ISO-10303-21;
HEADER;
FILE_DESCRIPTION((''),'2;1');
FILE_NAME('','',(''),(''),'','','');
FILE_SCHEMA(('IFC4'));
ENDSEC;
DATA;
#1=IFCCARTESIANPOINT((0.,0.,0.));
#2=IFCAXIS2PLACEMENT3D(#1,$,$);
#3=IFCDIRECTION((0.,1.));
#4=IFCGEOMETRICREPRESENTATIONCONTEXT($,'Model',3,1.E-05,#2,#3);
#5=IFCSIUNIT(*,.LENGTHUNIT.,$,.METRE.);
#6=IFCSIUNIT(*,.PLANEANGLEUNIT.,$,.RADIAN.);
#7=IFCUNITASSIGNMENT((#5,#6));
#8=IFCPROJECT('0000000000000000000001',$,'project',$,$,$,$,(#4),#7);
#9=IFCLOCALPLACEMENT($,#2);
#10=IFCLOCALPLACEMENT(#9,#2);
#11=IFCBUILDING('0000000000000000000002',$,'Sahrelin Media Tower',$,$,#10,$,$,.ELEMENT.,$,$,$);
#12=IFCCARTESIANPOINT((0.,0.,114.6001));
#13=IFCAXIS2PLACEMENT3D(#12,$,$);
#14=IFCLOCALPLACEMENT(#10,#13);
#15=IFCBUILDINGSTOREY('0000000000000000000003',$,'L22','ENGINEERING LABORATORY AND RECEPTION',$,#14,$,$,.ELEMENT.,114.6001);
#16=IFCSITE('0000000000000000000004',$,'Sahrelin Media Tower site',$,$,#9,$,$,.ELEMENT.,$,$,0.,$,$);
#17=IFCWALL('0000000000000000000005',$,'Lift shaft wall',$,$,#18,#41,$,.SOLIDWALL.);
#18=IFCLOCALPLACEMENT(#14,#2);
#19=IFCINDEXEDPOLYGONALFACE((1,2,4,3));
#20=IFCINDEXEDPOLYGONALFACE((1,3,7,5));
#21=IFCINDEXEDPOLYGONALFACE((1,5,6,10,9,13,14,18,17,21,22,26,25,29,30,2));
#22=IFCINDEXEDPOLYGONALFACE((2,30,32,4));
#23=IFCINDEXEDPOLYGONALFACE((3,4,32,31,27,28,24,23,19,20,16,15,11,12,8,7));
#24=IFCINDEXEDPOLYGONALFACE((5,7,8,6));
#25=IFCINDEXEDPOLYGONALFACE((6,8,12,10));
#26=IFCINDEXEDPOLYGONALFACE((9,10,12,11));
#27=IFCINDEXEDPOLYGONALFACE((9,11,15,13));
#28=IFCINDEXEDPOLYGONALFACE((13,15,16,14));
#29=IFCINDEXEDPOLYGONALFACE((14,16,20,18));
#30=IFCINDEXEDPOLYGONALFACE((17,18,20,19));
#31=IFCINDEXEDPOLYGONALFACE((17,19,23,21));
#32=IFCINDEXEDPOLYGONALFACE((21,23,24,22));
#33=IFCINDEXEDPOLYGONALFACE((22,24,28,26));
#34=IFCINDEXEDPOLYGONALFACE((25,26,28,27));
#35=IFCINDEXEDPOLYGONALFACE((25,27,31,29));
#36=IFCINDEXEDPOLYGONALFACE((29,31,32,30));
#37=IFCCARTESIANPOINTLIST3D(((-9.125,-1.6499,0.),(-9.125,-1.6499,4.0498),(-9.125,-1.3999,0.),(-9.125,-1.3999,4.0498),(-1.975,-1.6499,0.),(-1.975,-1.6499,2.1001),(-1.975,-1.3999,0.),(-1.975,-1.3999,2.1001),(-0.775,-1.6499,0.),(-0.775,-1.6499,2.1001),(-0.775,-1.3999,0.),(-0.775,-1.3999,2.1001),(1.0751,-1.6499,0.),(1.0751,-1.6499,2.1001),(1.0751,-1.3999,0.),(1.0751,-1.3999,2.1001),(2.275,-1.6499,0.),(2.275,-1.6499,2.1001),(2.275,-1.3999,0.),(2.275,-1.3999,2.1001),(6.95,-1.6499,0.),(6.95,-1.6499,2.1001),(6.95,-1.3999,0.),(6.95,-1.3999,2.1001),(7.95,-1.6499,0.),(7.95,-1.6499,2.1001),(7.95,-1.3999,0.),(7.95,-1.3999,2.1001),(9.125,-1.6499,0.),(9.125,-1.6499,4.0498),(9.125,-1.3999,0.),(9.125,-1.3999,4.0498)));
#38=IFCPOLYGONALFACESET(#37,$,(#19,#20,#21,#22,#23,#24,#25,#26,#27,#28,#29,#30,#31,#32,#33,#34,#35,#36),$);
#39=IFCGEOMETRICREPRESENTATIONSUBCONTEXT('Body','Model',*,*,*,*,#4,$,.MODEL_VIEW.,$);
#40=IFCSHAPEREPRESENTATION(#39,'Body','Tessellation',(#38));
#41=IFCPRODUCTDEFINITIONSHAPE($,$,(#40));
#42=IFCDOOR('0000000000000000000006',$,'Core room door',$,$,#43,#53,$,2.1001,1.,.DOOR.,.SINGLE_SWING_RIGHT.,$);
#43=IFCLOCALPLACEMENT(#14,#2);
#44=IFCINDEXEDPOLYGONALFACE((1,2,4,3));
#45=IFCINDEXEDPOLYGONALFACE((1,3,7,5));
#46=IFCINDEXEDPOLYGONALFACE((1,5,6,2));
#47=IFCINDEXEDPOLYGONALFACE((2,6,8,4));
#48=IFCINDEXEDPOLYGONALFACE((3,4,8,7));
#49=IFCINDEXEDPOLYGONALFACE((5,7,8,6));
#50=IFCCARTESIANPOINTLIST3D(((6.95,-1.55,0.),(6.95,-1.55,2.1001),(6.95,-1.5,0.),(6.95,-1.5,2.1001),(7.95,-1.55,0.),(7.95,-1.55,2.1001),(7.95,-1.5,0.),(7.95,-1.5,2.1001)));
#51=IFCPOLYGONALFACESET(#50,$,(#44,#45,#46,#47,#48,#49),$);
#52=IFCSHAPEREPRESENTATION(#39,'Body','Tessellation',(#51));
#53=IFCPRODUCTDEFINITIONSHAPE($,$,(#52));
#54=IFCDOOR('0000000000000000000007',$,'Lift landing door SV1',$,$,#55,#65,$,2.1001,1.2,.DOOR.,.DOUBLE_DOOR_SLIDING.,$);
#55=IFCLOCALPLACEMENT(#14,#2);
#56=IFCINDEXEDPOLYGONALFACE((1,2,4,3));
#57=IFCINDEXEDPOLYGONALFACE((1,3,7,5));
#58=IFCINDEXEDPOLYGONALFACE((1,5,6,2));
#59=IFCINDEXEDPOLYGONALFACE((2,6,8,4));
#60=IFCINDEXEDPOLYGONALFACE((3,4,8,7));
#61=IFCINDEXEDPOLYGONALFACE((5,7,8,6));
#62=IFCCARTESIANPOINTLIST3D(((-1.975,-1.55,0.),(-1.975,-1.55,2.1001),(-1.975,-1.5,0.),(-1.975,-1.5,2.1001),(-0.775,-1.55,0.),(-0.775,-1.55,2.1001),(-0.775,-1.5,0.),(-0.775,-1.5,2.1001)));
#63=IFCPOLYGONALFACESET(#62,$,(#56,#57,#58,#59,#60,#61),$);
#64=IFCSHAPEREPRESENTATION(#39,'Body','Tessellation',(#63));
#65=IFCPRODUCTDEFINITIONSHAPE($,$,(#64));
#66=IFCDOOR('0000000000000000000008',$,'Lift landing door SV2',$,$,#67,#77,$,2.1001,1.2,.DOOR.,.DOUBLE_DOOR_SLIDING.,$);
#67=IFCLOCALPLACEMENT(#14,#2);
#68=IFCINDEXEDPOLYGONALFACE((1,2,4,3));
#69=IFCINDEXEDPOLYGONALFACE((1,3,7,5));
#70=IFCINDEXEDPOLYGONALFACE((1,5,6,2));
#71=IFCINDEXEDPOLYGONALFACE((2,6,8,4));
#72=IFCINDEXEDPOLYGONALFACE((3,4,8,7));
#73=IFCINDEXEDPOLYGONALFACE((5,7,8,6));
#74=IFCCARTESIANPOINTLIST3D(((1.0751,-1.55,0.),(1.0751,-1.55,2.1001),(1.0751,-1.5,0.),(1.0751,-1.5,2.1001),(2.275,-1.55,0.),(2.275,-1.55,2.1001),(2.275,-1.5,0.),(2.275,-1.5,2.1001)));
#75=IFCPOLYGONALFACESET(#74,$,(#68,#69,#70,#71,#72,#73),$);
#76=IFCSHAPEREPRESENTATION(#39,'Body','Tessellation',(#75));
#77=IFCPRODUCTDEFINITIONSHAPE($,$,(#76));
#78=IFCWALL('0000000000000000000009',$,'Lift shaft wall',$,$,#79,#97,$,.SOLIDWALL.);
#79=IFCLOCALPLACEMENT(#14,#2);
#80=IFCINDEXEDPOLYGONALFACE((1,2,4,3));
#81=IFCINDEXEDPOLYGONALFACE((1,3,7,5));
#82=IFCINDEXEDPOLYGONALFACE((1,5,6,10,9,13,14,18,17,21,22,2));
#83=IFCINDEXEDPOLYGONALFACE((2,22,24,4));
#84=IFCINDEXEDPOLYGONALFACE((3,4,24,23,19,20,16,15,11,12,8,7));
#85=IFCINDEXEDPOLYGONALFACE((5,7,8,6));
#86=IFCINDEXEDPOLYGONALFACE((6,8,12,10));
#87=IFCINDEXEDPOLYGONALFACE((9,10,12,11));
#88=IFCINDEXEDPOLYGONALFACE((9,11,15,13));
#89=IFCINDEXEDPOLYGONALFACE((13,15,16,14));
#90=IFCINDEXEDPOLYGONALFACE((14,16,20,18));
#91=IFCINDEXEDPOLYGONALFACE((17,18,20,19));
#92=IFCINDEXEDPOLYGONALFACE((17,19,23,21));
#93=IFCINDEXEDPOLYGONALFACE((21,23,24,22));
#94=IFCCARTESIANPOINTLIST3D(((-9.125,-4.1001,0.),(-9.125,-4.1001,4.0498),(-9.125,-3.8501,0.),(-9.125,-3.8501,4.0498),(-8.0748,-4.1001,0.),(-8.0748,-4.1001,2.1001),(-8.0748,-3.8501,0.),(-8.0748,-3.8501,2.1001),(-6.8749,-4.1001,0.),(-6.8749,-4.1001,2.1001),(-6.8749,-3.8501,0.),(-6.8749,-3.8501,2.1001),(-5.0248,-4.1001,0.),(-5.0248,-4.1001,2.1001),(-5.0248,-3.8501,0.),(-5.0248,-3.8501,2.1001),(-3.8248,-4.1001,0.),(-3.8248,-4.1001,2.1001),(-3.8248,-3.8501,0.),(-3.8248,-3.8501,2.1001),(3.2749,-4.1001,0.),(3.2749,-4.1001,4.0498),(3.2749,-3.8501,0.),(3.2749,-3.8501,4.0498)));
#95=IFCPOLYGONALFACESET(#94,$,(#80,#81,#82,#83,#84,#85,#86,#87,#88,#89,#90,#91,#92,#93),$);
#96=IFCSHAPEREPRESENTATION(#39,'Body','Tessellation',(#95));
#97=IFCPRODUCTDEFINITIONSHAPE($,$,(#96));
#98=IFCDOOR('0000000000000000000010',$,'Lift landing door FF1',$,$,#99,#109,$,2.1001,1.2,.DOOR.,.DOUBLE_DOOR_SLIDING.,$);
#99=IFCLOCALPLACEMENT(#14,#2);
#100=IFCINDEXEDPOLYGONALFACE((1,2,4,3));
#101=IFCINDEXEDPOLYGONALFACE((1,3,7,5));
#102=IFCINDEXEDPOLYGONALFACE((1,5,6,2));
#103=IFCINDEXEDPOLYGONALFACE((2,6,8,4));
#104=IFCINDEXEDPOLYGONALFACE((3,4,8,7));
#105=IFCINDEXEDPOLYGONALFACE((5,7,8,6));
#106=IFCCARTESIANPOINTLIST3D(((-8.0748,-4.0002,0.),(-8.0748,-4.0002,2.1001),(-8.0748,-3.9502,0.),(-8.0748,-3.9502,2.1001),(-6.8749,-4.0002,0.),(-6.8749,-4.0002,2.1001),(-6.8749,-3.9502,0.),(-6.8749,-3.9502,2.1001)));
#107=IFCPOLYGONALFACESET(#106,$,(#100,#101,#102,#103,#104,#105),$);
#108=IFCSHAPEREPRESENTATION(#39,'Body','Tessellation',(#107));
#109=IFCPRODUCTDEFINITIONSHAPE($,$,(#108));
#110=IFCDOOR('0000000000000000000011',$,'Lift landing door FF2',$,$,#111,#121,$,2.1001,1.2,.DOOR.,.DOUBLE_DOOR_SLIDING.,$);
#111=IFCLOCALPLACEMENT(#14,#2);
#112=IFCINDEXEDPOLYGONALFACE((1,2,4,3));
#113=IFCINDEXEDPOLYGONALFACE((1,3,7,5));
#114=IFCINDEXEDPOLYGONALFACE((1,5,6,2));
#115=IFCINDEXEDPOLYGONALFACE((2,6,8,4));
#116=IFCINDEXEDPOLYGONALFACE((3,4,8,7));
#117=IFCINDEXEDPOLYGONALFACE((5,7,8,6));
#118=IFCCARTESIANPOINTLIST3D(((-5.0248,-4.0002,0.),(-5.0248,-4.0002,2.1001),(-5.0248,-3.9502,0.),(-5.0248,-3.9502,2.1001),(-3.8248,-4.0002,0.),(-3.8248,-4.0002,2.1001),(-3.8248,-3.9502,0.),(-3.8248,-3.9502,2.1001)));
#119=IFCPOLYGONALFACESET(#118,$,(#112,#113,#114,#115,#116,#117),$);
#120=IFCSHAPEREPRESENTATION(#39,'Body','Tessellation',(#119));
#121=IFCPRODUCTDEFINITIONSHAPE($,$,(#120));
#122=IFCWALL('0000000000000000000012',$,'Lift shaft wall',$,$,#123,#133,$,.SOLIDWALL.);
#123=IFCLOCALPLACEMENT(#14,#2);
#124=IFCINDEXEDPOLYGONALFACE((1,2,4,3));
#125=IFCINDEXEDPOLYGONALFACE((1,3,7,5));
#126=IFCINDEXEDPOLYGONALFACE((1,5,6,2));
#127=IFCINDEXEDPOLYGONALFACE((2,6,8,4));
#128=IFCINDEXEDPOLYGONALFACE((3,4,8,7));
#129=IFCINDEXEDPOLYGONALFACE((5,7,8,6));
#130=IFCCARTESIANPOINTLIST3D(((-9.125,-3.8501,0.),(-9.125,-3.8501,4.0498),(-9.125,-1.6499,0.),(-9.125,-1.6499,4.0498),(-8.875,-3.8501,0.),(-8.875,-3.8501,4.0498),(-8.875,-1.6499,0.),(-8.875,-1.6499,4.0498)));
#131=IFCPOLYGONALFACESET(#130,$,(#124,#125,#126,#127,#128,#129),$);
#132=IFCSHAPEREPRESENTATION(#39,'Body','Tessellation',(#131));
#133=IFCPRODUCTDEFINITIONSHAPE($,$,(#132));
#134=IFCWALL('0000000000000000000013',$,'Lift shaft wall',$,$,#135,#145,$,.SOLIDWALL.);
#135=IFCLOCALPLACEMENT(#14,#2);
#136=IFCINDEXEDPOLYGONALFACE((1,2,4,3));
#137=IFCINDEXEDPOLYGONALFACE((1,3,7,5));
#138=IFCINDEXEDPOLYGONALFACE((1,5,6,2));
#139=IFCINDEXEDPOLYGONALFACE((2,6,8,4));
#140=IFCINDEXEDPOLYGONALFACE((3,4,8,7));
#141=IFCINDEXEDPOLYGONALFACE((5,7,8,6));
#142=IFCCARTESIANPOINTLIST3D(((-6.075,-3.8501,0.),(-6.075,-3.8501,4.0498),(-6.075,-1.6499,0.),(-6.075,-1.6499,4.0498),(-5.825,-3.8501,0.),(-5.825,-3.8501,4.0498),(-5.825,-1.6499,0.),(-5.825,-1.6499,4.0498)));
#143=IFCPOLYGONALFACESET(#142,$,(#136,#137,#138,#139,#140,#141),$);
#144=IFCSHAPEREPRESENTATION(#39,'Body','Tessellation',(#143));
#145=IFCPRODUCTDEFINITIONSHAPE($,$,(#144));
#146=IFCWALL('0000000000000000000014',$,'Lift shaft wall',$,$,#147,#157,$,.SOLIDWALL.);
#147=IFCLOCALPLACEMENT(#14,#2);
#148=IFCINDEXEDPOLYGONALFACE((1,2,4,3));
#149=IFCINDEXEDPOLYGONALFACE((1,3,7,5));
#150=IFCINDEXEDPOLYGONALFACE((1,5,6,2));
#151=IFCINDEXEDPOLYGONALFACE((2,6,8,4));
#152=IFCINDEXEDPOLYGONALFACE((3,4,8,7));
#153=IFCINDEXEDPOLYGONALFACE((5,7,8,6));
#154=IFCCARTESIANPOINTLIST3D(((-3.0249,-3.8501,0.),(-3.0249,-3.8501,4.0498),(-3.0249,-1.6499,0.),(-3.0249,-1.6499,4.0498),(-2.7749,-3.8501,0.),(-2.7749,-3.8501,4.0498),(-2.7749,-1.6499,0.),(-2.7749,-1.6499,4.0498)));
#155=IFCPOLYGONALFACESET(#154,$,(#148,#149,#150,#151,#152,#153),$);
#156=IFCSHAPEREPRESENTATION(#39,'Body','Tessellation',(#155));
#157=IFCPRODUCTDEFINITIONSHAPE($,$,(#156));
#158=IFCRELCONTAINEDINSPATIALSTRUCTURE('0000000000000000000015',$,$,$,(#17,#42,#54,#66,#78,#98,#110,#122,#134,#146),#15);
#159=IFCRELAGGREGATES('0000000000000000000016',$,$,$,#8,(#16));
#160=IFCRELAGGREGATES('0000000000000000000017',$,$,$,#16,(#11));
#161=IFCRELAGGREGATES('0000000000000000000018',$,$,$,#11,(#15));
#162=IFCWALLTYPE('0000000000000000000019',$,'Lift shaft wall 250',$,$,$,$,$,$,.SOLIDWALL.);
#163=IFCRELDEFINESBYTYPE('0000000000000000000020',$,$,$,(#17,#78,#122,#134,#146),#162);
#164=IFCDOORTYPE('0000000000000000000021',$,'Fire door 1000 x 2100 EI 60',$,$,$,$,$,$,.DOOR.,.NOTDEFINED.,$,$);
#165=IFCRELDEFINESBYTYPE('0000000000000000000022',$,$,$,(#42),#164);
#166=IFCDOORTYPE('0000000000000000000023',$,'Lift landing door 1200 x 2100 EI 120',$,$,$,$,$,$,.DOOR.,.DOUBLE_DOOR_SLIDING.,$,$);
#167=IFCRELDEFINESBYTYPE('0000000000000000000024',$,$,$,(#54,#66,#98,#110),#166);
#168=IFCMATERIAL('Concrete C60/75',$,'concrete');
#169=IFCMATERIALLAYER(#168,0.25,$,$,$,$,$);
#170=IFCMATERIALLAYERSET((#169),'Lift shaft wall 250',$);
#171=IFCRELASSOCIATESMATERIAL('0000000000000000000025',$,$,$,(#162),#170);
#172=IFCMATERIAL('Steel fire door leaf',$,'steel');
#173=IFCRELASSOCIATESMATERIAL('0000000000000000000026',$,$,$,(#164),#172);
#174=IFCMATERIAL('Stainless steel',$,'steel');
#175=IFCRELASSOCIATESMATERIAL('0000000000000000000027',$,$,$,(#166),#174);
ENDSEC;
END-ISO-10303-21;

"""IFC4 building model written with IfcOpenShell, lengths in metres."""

from ifc_helpers import new_model, si_unit, direction, frame, frame_2d, origin, place, context, subcontext, project, spatial, rectangle, extrude, material, layer, layer_set, type_object, element, fill, save


model = new_model("IFC4")

# Units and contexts
model_context = context("Model", 3, precision=1e-05, world=origin(), true_north=direction((0.0, 1.0)))
body_context = subcontext(model_context, "Body", "Model", "MODEL_VIEW")
ifc_project = project(units=[si_unit("LENGTHUNIT", "METRE"), si_unit("PLANEANGLEUNIT", "RADIAN")], contexts=[model_context])

# Site, building, storey
site_placement = place(None, origin())
site = spatial("IfcSite", under=ifc_project, at=site_placement, Name="Sahrelin Media Tower site", CompositionType="ELEMENT", RefElevation=0.0)
building_placement = place(site_placement, origin())
building = spatial("IfcBuilding", under=site, at=building_placement, Name="Sahrelin Media Tower", CompositionType="ELEMENT")
storey_placement = place(building_placement, frame((0.0, 0.0, 114.6001)))
storey = spatial("IfcBuildingStorey", under=building, at=storey_placement, Name="L22", Description="ENGINEERING LABORATORY AND RECEPTION", CompositionType="ELEMENT", Elevation=114.6001)

# Shared definitions
ifc_material_1 = material(Name="Steel fire door leaf", Category="steel")

# Walls, openings, doors
ifc_material_2 = material(Name="Concrete C60/75", Category="concrete")
ifc_layer_1 = layer(ifc_material_2, 0.25)
ifc_layer_set_1 = layer_set([ifc_layer_1], Name="Lift shaft wall 250")
wall_type_1 = type_object("IfcWallType", Name="Lift shaft wall 250", PredefinedType="SOLIDWALL", material=ifc_layer_set_1)
wall_1_placement = place(storey_placement, frame((-9.125, -1.5249, 0.0), z_axis=(0.0, 0.0, 1.0), x_axis=(1.0, 0.0, 0.0)))
wall_1 = element("IfcWall", 1, at=wall_1_placement, inside=storey, type_object=wall_type_1, Name="Lift shaft wall", PredefinedType="SOLIDWALL", context=body_context, shape_type="SweptSolid", body=[
    extrude(rectangle(XDim=18.25, YDim=0.25, at=frame_2d((9.125, 0.0))), origin(), (0.0, 0.0, 1.0), 4.0498),
])
opening_1_placement = place(wall_1_placement, frame((7.1499, 0.0, 0.0)))
opening_1 = element("IfcOpeningElement", 2, at=opening_1_placement, cuts=wall_1, PredefinedType="OPENING", context=body_context, shape_type="SweptSolid", body=[
    extrude(rectangle(XDim=1.2, YDim=2.1001, at=frame_2d((0.6001, 1.05))), frame((0.0, 0.125, 0.0), z_axis=(0.0, -1.0, 0.0), x_axis=(1.0, 0.0, 0.0)), (0.0, 0.0, 1.0), 0.25),
])
opening_2_placement = place(wall_1_placement, frame((10.2, 0.0, 0.0)))
opening_2 = element("IfcOpeningElement", 3, at=opening_2_placement, cuts=wall_1, PredefinedType="OPENING", context=body_context, shape_type="SweptSolid", body=[
    extrude(rectangle(XDim=1.2, YDim=2.1001, at=frame_2d((0.6001, 1.05))), frame((0.0, 0.125, 0.0), z_axis=(0.0, -1.0, 0.0), x_axis=(1.0, 0.0, 0.0)), (0.0, 0.0, 1.0), 0.25),
])
opening_3_placement = place(wall_1_placement, frame((16.075, 0.0, 0.0)))
opening_3 = element("IfcOpeningElement", 4, at=opening_3_placement, cuts=wall_1, PredefinedType="OPENING", context=body_context, shape_type="SweptSolid", body=[
    extrude(rectangle(XDim=1.0, YDim=2.1001, at=frame_2d((0.5, 1.05))), frame((0.0, 0.125, 0.0), z_axis=(0.0, -1.0, 0.0), x_axis=(1.0, 0.0, 0.0)), (0.0, 0.0, 1.0), 0.25),
])
door_type_1 = type_object("IfcDoorType", Name="Fire door 1000 x 2100 EI 60", OperationType="NOTDEFINED", PredefinedType="DOOR", material=ifc_material_1)
door_1_placement = place(opening_3_placement, origin())
door_1 = element("IfcDoor", 5, at=door_1_placement, inside=storey, type_object=door_type_1, Name="Core room door", OperationType="SINGLE_SWING_RIGHT", OverallHeight=2.1001, OverallWidth=1.0, PredefinedType="DOOR", context=body_context, shape_type="SweptSolid", body=[
    extrude(rectangle(XDim=1.0, YDim=2.1001, at=frame_2d((0.5, 1.05))), frame((0.0, 0.0249, 0.0), z_axis=(0.0, -1.0, 0.0), x_axis=(1.0, 0.0, 0.0)), (0.0, 0.0, 1.0), 0.05),
])
fill(opening_3, door_1)
ifc_material_3 = material(Name="Stainless steel", Category="steel")
door_type_2 = type_object("IfcDoorType", Name="Lift landing door 1200 x 2100 EI 120", OperationType="DOUBLE_DOOR_SLIDING", PredefinedType="DOOR", material=ifc_material_3)
door_2_placement = place(opening_1_placement, origin())
door_2 = element("IfcDoor", 6, at=door_2_placement, inside=storey, type_object=door_type_2, Name="Lift landing door SV1", OperationType="DOUBLE_DOOR_SLIDING", OverallHeight=2.1001, OverallWidth=1.2, PredefinedType="DOOR", context=body_context, shape_type="SweptSolid", body=[
    extrude(rectangle(XDim=1.2, YDim=2.1001, at=frame_2d((0.6001, 1.05))), frame((0.0, 0.0249, 0.0), z_axis=(0.0, -1.0, 0.0), x_axis=(1.0, 0.0, 0.0)), (0.0, 0.0, 1.0), 0.05),
])
fill(opening_1, door_2)
door_3_placement = place(opening_2_placement, origin())
door_3 = element("IfcDoor", 7, at=door_3_placement, inside=storey, type_object=door_type_2, Name="Lift landing door SV2", OperationType="DOUBLE_DOOR_SLIDING", OverallHeight=2.1001, OverallWidth=1.2, PredefinedType="DOOR", context=body_context, shape_type="SweptSolid", body=[
    extrude(rectangle(XDim=1.2, YDim=2.1001, at=frame_2d((0.6001, 1.05))), frame((0.0, 0.0249, 0.0), z_axis=(0.0, -1.0, 0.0), x_axis=(1.0, 0.0, 0.0)), (0.0, 0.0, 1.0), 0.05),
])
fill(opening_2, door_3)
wall_2_placement = place(storey_placement, frame((-9.125, -3.9751, 0.0), z_axis=(0.0, 0.0, 1.0), x_axis=(1.0, 0.0, 0.0)))
wall_2 = element("IfcWall", 8, at=wall_2_placement, inside=storey, type_object=wall_type_1, Name="Lift shaft wall", PredefinedType="SOLIDWALL", context=body_context, shape_type="SweptSolid", body=[
    extrude(rectangle(XDim=12.3999, YDim=0.25, at=frame_2d((6.2, 0.0))), origin(), (0.0, 0.0, 1.0), 4.0498),
])
opening_4_placement = place(wall_2_placement, frame((1.05, 0.0, 0.0)))
opening_4 = element("IfcOpeningElement", 9, at=opening_4_placement, cuts=wall_2, PredefinedType="OPENING", context=body_context, shape_type="SweptSolid", body=[
    extrude(rectangle(XDim=1.2, YDim=2.1001, at=frame_2d((0.6001, 1.05))), frame((0.0, 0.125, 0.0), z_axis=(0.0, -1.0, 0.0), x_axis=(1.0, 0.0, 0.0)), (0.0, 0.0, 1.0), 0.25),
])
opening_5_placement = place(wall_2_placement, frame((4.1001, 0.0, 0.0)))
opening_5 = element("IfcOpeningElement", 10, at=opening_5_placement, cuts=wall_2, PredefinedType="OPENING", context=body_context, shape_type="SweptSolid", body=[
    extrude(rectangle(XDim=1.2, YDim=2.1001, at=frame_2d((0.6001, 1.05))), frame((0.0, 0.125, 0.0), z_axis=(0.0, -1.0, 0.0), x_axis=(1.0, 0.0, 0.0)), (0.0, 0.0, 1.0), 0.25),
])
door_4_placement = place(opening_4_placement, origin())
door_4 = element("IfcDoor", 11, at=door_4_placement, inside=storey, type_object=door_type_2, Name="Lift landing door FF1", OperationType="DOUBLE_DOOR_SLIDING", OverallHeight=2.1001, OverallWidth=1.2, PredefinedType="DOOR", context=body_context, shape_type="SweptSolid", body=[
    extrude(rectangle(XDim=1.2, YDim=2.1001, at=frame_2d((0.6001, 1.05))), frame((0.0, 0.0249, 0.0), z_axis=(0.0, -1.0, 0.0), x_axis=(1.0, 0.0, 0.0)), (0.0, 0.0, 1.0), 0.05),
])
fill(opening_4, door_4)
door_5_placement = place(opening_5_placement, origin())
door_5 = element("IfcDoor", 12, at=door_5_placement, inside=storey, type_object=door_type_2, Name="Lift landing door FF2", OperationType="DOUBLE_DOOR_SLIDING", OverallHeight=2.1001, OverallWidth=1.2, PredefinedType="DOOR", context=body_context, shape_type="SweptSolid", body=[
    extrude(rectangle(XDim=1.2, YDim=2.1001, at=frame_2d((0.6001, 1.05))), frame((0.0, 0.0249, 0.0), z_axis=(0.0, -1.0, 0.0), x_axis=(1.0, 0.0, 0.0)), (0.0, 0.0, 1.0), 0.05),
])
fill(opening_5, door_5)

# Walls
for number, where, z_axis, x_axis, name in (
    (13, (-9.0, -3.8501, 0.0), (0.0, 0.0, 1.0), (0.0, 1.0, 0.0), "Lift shaft wall"),
    (14, (-5.95, -3.8501, 0.0), (0.0, 0.0, 1.0), (0.0, 1.0, 0.0), "Lift shaft wall"),
    (15, (-2.8999, -3.8501, 0.0), (0.0, 0.0, 1.0), (0.0, 1.0, 0.0), "Lift shaft wall"),
):
    element("IfcWall", number, at=place(storey_placement, frame(where, z_axis=z_axis, x_axis=x_axis)), inside=storey, type_object=wall_type_1, Name=name, PredefinedType="SOLIDWALL", context=body_context, shape_type="SweptSolid", body=[
        extrude(rectangle(XDim=2.2002, YDim=0.25, at=frame_2d((1.1001, 0.0))), origin(), (0.0, 0.0, 1.0), 4.0498),
    ])

save(model, "model.ifc")
